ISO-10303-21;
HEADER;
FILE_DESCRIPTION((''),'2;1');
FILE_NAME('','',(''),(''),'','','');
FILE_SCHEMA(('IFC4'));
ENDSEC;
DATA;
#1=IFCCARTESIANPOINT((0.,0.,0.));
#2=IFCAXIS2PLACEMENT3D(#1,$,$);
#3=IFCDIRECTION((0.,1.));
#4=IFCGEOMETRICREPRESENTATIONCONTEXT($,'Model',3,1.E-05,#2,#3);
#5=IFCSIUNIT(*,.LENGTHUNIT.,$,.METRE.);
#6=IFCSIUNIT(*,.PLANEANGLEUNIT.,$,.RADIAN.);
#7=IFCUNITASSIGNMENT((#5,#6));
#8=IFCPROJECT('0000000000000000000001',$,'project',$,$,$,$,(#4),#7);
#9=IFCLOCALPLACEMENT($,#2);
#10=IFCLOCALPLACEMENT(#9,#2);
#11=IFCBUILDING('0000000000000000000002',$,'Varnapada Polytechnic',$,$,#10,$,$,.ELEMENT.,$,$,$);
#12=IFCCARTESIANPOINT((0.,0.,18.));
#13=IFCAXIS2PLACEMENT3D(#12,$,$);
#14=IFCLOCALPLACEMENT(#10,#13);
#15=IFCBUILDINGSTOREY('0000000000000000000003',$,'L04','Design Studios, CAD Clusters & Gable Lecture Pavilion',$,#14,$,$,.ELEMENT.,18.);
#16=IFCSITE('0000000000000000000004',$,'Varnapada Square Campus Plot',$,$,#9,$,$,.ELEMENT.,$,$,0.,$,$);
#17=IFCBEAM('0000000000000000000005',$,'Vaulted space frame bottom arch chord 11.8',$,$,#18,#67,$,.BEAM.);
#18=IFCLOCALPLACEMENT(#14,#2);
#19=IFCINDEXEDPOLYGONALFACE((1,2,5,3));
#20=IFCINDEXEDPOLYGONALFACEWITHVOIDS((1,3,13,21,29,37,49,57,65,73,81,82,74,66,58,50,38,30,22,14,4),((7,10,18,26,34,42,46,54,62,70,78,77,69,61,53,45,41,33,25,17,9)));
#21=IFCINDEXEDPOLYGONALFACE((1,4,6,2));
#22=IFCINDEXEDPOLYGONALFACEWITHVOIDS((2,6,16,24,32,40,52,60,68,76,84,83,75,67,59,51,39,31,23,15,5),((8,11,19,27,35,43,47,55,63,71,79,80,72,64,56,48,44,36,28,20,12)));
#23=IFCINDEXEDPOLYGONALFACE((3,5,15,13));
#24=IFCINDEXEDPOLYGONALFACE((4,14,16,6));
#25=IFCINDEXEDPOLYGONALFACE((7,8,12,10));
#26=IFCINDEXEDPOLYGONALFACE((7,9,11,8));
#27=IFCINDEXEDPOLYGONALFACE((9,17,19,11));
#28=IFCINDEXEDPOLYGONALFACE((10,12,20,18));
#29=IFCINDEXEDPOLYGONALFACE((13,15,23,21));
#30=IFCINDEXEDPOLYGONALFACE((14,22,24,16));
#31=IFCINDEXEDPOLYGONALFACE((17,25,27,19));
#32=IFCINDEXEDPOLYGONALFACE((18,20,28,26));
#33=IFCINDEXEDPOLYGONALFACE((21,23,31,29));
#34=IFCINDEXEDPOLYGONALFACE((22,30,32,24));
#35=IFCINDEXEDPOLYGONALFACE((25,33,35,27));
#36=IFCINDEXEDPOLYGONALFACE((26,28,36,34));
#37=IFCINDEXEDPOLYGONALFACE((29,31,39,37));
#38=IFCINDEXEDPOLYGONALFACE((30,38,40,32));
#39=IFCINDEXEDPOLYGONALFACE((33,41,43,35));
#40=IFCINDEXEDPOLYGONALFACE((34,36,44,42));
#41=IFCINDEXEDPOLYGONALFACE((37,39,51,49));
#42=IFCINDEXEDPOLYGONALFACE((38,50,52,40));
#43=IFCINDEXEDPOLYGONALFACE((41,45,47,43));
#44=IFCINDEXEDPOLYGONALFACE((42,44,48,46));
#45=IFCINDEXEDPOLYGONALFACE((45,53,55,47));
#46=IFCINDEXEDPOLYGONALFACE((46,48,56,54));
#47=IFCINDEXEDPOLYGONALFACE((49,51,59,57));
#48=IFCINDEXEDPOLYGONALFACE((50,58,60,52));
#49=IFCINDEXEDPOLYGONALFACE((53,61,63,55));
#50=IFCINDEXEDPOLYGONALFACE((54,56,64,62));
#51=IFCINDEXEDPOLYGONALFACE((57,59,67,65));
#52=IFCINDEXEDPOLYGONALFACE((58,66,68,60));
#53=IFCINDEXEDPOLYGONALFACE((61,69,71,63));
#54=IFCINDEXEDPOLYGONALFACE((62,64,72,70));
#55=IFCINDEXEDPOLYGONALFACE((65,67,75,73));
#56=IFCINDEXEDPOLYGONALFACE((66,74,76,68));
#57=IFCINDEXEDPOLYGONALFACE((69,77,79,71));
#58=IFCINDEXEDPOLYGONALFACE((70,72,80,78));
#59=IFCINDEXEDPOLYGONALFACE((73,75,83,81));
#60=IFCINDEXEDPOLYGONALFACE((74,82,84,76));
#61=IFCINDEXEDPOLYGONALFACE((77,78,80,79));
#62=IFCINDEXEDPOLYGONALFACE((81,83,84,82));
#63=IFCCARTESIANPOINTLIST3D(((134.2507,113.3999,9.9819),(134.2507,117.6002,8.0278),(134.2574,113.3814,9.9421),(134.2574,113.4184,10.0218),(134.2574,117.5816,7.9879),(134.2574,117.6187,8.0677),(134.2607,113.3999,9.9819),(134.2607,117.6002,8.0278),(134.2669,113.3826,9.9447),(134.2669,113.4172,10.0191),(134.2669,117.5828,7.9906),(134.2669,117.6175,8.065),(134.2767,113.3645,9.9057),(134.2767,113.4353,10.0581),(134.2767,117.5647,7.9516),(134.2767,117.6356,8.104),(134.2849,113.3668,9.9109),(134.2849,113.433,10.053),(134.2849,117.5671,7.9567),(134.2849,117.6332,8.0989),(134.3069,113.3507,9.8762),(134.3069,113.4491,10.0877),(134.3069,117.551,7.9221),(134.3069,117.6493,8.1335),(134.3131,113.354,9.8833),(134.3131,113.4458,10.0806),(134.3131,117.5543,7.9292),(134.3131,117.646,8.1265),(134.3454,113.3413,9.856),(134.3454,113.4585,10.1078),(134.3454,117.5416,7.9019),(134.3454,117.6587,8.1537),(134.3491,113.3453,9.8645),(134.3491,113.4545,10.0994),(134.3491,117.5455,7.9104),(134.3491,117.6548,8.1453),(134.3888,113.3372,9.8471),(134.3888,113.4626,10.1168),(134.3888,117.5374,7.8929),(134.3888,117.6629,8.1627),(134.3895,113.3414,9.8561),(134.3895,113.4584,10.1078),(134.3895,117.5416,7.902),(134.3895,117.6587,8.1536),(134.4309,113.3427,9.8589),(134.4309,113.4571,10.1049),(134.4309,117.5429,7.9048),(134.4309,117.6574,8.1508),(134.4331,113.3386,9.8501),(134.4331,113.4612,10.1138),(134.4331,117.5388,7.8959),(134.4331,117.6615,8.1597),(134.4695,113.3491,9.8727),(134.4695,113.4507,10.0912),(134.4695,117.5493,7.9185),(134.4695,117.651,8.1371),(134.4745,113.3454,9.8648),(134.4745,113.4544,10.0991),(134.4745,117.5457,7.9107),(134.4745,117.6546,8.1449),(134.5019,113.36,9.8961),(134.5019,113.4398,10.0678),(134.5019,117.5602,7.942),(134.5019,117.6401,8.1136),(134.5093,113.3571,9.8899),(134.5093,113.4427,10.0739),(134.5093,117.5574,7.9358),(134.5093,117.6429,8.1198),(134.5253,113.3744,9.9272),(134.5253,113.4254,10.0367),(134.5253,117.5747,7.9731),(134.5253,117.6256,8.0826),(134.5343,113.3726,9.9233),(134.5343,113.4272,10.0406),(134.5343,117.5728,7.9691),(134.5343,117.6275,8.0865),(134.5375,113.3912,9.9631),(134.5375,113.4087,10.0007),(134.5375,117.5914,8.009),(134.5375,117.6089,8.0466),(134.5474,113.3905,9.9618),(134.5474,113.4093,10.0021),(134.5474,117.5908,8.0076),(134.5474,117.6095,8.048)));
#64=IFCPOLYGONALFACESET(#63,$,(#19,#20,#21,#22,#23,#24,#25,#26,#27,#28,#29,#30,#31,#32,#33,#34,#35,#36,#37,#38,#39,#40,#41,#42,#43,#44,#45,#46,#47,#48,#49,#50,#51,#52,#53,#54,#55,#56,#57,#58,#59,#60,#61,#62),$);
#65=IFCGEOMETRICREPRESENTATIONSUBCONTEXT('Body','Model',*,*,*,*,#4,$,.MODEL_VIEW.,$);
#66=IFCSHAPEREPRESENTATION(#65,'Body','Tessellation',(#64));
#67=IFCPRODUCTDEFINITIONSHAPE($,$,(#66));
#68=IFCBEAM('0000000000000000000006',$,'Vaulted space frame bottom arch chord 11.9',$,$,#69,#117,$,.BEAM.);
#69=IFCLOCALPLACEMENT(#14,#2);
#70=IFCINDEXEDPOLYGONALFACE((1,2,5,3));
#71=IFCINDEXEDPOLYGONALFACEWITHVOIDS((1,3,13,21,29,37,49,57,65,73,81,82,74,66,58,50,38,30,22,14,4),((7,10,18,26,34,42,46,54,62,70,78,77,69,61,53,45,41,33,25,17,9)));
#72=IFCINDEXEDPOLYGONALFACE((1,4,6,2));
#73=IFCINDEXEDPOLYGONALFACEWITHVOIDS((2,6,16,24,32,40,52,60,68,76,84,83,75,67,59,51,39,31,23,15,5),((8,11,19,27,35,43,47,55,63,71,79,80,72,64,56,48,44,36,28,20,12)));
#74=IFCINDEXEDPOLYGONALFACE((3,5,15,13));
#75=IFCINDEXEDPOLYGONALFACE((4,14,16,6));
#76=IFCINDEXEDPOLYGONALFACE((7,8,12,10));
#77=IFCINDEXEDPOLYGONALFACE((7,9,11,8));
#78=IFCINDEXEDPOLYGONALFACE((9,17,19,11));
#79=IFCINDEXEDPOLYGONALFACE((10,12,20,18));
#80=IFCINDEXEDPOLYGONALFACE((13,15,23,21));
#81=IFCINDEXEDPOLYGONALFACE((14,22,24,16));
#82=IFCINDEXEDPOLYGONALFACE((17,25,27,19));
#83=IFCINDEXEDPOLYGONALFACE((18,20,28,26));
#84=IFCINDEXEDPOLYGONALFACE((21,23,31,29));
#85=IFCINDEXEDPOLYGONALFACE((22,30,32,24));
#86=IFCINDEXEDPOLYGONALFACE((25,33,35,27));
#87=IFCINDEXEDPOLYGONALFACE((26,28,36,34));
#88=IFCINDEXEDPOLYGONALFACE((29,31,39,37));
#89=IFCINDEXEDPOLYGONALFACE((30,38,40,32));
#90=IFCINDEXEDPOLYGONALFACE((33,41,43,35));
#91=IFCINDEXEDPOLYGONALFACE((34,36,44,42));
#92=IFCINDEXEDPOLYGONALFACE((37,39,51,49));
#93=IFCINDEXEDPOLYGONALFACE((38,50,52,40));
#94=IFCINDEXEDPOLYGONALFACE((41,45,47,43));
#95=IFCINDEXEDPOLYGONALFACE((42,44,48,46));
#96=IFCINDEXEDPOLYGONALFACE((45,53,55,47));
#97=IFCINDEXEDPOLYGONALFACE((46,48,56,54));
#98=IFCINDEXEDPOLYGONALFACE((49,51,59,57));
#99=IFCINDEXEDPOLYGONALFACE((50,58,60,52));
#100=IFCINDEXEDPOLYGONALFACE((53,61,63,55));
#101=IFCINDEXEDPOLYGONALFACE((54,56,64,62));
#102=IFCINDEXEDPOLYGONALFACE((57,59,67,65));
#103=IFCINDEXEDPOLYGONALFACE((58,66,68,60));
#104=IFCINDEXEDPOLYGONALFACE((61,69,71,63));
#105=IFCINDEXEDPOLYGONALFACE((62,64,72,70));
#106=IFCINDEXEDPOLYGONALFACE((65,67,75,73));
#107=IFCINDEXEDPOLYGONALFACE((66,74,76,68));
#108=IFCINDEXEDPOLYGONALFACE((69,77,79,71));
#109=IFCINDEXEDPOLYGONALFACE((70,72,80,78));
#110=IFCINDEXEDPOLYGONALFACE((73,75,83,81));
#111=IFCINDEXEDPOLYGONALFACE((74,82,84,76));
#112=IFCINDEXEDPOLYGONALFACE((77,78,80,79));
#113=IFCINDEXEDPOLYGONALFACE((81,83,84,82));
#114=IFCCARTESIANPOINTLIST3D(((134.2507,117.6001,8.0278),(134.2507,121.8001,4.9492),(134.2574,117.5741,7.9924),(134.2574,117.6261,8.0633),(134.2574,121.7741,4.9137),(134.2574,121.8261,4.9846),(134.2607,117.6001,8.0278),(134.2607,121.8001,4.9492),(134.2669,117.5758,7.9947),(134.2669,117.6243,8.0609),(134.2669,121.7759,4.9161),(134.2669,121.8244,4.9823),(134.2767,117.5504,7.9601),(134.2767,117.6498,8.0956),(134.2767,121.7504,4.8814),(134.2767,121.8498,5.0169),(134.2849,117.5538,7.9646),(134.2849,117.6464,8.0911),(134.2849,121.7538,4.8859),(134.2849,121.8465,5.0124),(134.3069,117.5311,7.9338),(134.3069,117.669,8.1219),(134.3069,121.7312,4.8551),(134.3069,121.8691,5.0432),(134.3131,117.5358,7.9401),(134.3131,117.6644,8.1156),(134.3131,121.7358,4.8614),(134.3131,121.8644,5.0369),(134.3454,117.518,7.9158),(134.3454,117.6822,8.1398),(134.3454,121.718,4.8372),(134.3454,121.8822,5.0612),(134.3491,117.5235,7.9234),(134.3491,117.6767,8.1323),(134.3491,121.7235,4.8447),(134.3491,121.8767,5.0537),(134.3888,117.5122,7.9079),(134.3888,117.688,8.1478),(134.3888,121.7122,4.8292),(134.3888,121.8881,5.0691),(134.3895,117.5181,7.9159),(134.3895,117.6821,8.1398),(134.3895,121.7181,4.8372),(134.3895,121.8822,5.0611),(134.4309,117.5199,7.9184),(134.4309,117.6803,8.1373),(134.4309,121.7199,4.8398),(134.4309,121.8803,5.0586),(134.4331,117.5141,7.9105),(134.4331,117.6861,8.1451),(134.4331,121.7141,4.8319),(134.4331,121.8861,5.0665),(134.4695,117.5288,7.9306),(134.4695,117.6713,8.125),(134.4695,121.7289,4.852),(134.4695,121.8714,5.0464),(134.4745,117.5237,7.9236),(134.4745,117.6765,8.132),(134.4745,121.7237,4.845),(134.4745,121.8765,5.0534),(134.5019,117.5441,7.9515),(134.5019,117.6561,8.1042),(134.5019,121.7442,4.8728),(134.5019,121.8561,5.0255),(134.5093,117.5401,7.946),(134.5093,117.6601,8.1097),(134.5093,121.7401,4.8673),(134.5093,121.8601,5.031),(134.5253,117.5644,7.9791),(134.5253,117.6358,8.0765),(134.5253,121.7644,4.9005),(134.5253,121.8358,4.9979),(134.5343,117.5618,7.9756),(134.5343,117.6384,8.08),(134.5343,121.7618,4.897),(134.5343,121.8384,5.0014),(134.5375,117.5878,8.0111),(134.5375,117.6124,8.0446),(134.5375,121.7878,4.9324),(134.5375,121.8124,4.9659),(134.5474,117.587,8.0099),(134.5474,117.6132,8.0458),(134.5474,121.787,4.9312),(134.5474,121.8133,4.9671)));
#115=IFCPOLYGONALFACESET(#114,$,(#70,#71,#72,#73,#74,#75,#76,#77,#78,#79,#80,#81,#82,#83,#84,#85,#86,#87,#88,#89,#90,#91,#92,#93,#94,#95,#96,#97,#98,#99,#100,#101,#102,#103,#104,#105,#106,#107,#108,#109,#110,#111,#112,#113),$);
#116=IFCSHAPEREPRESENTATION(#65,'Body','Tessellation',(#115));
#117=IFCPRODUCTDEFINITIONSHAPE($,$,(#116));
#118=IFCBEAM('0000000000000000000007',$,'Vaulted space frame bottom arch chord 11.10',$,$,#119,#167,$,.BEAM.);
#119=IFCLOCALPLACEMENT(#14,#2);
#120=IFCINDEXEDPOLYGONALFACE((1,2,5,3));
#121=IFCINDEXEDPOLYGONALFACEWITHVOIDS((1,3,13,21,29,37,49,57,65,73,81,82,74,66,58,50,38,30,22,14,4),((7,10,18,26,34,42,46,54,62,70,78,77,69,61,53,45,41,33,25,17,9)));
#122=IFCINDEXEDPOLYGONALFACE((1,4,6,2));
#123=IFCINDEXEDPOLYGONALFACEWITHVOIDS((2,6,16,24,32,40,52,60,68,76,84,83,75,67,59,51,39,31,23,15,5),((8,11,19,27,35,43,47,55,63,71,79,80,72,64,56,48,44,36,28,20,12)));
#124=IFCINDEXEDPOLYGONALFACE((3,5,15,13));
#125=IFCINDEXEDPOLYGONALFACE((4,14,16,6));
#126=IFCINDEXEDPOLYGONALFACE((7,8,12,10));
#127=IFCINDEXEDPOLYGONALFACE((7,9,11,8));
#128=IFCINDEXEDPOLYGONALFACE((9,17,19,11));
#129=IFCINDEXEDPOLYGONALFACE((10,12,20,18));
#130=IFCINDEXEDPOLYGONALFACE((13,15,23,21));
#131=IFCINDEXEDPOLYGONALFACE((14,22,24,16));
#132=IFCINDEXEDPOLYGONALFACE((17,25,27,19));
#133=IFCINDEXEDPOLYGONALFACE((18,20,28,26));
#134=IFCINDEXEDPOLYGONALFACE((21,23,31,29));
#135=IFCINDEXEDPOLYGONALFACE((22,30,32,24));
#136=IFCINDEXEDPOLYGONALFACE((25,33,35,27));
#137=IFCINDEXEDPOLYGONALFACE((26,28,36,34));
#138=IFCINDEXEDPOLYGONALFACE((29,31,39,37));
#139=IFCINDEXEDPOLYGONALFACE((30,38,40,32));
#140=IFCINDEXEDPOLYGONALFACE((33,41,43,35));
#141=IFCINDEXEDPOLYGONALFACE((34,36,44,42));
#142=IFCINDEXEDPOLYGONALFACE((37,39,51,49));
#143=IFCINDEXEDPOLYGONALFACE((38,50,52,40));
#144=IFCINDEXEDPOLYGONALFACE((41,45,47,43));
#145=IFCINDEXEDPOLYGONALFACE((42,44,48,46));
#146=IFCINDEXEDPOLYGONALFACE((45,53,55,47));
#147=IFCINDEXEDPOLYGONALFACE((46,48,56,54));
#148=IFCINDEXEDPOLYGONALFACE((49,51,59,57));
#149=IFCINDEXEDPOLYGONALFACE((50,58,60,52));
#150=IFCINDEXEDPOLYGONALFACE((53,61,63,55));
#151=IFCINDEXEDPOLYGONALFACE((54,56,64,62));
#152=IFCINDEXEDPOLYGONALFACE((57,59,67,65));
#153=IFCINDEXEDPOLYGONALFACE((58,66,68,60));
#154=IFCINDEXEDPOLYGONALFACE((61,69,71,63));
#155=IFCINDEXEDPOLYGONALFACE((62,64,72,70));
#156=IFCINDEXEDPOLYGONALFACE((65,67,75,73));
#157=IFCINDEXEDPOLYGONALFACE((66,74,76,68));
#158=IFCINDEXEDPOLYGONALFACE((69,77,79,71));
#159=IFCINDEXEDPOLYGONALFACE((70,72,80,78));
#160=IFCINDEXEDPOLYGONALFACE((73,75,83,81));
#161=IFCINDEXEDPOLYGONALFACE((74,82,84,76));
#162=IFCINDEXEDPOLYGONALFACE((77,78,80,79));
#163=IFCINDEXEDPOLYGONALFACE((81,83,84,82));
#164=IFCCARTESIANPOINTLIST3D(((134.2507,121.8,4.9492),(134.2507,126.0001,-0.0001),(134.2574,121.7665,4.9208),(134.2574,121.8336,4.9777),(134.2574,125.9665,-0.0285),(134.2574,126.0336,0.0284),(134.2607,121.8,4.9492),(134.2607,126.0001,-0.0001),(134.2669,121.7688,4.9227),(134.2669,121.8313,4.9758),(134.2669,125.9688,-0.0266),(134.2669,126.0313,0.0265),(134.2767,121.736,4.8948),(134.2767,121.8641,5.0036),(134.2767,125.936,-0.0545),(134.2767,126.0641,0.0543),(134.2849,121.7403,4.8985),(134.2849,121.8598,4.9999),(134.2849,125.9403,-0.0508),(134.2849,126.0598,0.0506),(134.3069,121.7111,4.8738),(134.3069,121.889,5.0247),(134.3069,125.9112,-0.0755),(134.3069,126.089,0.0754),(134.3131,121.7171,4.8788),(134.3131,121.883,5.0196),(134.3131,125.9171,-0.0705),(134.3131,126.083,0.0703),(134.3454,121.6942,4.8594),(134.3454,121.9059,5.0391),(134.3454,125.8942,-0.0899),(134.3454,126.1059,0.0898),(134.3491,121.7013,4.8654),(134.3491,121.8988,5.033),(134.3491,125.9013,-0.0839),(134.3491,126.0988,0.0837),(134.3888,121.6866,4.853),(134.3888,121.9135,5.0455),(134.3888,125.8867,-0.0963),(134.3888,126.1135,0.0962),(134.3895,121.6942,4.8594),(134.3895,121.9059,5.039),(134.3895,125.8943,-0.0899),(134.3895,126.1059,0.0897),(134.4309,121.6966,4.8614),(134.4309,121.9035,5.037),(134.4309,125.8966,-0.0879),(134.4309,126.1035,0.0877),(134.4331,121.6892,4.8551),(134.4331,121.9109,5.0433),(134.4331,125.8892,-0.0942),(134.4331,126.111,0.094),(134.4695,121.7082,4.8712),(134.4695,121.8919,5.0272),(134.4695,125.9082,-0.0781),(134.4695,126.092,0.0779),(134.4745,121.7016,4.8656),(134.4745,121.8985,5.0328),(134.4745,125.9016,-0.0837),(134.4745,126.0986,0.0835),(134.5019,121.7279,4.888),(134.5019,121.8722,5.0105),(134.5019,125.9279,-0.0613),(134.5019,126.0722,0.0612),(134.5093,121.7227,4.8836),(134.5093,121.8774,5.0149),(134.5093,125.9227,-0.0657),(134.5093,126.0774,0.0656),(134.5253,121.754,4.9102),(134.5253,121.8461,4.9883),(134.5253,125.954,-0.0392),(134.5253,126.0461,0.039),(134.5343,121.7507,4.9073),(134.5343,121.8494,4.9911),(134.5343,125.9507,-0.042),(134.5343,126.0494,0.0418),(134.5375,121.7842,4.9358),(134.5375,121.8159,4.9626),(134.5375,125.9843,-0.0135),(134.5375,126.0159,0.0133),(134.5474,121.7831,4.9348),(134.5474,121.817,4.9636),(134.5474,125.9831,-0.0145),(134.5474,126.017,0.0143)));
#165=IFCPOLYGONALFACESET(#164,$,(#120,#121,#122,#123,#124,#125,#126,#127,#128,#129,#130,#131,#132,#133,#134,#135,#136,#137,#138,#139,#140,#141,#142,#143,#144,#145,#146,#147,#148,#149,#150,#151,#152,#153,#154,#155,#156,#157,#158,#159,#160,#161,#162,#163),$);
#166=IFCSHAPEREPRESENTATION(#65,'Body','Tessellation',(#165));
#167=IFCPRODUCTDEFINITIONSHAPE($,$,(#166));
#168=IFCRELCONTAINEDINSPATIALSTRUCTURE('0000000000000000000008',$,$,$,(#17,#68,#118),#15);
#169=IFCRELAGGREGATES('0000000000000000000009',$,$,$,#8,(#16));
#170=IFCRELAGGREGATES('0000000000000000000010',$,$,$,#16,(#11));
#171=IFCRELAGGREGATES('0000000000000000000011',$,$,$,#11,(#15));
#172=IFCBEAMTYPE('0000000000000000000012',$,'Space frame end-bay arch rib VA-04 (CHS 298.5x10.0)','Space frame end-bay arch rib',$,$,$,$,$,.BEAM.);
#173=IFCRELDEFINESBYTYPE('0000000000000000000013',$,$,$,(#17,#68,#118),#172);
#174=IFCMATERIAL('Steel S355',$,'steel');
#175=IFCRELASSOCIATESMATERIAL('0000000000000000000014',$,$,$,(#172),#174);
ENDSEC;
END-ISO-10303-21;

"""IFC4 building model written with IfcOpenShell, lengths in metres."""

from ifc_helpers import new_model, si_unit, direction, frame, origin, origin_2d, place, context, subcontext, project, spatial, hollow_circle, extrude, material, material_profile, profile_set, type_object, element, save


model = new_model("IFC4")

# Units and contexts
model_context = context("Model", 3, precision=1e-05, world=origin(), true_north=direction((0.0, 1.0)))
body_context = subcontext(model_context, "Body", "Model", "MODEL_VIEW")
ifc_project = project(units=[si_unit("LENGTHUNIT", "METRE"), si_unit("PLANEANGLEUNIT", "RADIAN")], contexts=[model_context])

# Site, building, storey
site_placement = place(None, origin())
site = spatial("IfcSite", under=ifc_project, at=site_placement, Name="Varnapada Square Campus Plot", CompositionType="ELEMENT", RefElevation=0.0)
building_placement = place(site_placement, origin())
building = spatial("IfcBuilding", under=site, at=building_placement, Name="Varnapada Polytechnic", CompositionType="ELEMENT")
storey_placement = place(building_placement, frame((0.0, 0.0, 18.0)))
storey = spatial("IfcBuildingStorey", under=building, at=storey_placement, Name="L04", Description="Design Studios, CAD Clusters & Gable Lecture Pavilion", CompositionType="ELEMENT", Elevation=18.0)

# Shared definitions
ifc_material = material(Name="Steel S355", Category="steel")

# Beams
ifc_material_profile_1 = material_profile(ifc_material, hollow_circle(Radius=0.1492, WallThickness=0.01, at=origin_2d()), Name="CHS 298.5x10.0")
ifc_profile_set_1 = profile_set([ifc_material_profile_1], Name="Steel S355")
beam_type_1 = type_object("IfcBeamType", Name="Space frame end-bay arch rib VA-04 (CHS 298.5x10.0)", Description="Space frame end-bay arch rib", PredefinedType="BEAM", material=ifc_profile_set_1)
beam_1_placement = place(storey_placement, frame((134.3999, 113.3999, 9.9819), z_axis=(0.0, 0.906678, -0.421823), x_axis=(-1.0, 0.0, 0.0)))
element("IfcBeam", 1, at=beam_1_placement, inside=storey, type_object=beam_type_1, Name="Vaulted space frame bottom arch chord 11.8", PredefinedType="BEAM", context=body_context, shape_type="SweptSolid", body=[
    extrude(hollow_circle(Radius=0.1492, WallThickness=0.01, at=origin_2d()), origin(), (0.0, 0.0, 1.0), 4.6326),
])
beam_2_placement = place(storey_placement, frame((134.3999, 117.6001, 8.0278), z_axis=(0.0, 0.806529, -0.591195), x_axis=(-1.0, 0.0, 0.0)))
element("IfcBeam", 2, at=beam_2_placement, inside=storey, type_object=beam_type_1, Name="Vaulted space frame bottom arch chord 11.9", PredefinedType="BEAM", context=body_context, shape_type="SweptSolid", body=[
    extrude(hollow_circle(Radius=0.1492, WallThickness=0.01, at=origin_2d()), origin(), (0.0, 0.0, 1.0), 5.2075),
])
beam_3_placement = place(storey_placement, frame((134.3999, 121.8, 4.9492), z_axis=(0.0, 0.647032, -0.762462), x_axis=(-1.0, 0.0, 0.0)))
element("IfcBeam", 3, at=beam_3_placement, inside=storey, type_object=beam_type_1, Name="Vaulted space frame bottom arch chord 11.10", PredefinedType="BEAM", context=body_context, shape_type="SweptSolid", body=[
    extrude(hollow_circle(Radius=0.1492, WallThickness=0.01, at=origin_2d()), origin(), (0.0, 0.0, 1.0), 6.4912),
])

save(model, "model.ifc")
